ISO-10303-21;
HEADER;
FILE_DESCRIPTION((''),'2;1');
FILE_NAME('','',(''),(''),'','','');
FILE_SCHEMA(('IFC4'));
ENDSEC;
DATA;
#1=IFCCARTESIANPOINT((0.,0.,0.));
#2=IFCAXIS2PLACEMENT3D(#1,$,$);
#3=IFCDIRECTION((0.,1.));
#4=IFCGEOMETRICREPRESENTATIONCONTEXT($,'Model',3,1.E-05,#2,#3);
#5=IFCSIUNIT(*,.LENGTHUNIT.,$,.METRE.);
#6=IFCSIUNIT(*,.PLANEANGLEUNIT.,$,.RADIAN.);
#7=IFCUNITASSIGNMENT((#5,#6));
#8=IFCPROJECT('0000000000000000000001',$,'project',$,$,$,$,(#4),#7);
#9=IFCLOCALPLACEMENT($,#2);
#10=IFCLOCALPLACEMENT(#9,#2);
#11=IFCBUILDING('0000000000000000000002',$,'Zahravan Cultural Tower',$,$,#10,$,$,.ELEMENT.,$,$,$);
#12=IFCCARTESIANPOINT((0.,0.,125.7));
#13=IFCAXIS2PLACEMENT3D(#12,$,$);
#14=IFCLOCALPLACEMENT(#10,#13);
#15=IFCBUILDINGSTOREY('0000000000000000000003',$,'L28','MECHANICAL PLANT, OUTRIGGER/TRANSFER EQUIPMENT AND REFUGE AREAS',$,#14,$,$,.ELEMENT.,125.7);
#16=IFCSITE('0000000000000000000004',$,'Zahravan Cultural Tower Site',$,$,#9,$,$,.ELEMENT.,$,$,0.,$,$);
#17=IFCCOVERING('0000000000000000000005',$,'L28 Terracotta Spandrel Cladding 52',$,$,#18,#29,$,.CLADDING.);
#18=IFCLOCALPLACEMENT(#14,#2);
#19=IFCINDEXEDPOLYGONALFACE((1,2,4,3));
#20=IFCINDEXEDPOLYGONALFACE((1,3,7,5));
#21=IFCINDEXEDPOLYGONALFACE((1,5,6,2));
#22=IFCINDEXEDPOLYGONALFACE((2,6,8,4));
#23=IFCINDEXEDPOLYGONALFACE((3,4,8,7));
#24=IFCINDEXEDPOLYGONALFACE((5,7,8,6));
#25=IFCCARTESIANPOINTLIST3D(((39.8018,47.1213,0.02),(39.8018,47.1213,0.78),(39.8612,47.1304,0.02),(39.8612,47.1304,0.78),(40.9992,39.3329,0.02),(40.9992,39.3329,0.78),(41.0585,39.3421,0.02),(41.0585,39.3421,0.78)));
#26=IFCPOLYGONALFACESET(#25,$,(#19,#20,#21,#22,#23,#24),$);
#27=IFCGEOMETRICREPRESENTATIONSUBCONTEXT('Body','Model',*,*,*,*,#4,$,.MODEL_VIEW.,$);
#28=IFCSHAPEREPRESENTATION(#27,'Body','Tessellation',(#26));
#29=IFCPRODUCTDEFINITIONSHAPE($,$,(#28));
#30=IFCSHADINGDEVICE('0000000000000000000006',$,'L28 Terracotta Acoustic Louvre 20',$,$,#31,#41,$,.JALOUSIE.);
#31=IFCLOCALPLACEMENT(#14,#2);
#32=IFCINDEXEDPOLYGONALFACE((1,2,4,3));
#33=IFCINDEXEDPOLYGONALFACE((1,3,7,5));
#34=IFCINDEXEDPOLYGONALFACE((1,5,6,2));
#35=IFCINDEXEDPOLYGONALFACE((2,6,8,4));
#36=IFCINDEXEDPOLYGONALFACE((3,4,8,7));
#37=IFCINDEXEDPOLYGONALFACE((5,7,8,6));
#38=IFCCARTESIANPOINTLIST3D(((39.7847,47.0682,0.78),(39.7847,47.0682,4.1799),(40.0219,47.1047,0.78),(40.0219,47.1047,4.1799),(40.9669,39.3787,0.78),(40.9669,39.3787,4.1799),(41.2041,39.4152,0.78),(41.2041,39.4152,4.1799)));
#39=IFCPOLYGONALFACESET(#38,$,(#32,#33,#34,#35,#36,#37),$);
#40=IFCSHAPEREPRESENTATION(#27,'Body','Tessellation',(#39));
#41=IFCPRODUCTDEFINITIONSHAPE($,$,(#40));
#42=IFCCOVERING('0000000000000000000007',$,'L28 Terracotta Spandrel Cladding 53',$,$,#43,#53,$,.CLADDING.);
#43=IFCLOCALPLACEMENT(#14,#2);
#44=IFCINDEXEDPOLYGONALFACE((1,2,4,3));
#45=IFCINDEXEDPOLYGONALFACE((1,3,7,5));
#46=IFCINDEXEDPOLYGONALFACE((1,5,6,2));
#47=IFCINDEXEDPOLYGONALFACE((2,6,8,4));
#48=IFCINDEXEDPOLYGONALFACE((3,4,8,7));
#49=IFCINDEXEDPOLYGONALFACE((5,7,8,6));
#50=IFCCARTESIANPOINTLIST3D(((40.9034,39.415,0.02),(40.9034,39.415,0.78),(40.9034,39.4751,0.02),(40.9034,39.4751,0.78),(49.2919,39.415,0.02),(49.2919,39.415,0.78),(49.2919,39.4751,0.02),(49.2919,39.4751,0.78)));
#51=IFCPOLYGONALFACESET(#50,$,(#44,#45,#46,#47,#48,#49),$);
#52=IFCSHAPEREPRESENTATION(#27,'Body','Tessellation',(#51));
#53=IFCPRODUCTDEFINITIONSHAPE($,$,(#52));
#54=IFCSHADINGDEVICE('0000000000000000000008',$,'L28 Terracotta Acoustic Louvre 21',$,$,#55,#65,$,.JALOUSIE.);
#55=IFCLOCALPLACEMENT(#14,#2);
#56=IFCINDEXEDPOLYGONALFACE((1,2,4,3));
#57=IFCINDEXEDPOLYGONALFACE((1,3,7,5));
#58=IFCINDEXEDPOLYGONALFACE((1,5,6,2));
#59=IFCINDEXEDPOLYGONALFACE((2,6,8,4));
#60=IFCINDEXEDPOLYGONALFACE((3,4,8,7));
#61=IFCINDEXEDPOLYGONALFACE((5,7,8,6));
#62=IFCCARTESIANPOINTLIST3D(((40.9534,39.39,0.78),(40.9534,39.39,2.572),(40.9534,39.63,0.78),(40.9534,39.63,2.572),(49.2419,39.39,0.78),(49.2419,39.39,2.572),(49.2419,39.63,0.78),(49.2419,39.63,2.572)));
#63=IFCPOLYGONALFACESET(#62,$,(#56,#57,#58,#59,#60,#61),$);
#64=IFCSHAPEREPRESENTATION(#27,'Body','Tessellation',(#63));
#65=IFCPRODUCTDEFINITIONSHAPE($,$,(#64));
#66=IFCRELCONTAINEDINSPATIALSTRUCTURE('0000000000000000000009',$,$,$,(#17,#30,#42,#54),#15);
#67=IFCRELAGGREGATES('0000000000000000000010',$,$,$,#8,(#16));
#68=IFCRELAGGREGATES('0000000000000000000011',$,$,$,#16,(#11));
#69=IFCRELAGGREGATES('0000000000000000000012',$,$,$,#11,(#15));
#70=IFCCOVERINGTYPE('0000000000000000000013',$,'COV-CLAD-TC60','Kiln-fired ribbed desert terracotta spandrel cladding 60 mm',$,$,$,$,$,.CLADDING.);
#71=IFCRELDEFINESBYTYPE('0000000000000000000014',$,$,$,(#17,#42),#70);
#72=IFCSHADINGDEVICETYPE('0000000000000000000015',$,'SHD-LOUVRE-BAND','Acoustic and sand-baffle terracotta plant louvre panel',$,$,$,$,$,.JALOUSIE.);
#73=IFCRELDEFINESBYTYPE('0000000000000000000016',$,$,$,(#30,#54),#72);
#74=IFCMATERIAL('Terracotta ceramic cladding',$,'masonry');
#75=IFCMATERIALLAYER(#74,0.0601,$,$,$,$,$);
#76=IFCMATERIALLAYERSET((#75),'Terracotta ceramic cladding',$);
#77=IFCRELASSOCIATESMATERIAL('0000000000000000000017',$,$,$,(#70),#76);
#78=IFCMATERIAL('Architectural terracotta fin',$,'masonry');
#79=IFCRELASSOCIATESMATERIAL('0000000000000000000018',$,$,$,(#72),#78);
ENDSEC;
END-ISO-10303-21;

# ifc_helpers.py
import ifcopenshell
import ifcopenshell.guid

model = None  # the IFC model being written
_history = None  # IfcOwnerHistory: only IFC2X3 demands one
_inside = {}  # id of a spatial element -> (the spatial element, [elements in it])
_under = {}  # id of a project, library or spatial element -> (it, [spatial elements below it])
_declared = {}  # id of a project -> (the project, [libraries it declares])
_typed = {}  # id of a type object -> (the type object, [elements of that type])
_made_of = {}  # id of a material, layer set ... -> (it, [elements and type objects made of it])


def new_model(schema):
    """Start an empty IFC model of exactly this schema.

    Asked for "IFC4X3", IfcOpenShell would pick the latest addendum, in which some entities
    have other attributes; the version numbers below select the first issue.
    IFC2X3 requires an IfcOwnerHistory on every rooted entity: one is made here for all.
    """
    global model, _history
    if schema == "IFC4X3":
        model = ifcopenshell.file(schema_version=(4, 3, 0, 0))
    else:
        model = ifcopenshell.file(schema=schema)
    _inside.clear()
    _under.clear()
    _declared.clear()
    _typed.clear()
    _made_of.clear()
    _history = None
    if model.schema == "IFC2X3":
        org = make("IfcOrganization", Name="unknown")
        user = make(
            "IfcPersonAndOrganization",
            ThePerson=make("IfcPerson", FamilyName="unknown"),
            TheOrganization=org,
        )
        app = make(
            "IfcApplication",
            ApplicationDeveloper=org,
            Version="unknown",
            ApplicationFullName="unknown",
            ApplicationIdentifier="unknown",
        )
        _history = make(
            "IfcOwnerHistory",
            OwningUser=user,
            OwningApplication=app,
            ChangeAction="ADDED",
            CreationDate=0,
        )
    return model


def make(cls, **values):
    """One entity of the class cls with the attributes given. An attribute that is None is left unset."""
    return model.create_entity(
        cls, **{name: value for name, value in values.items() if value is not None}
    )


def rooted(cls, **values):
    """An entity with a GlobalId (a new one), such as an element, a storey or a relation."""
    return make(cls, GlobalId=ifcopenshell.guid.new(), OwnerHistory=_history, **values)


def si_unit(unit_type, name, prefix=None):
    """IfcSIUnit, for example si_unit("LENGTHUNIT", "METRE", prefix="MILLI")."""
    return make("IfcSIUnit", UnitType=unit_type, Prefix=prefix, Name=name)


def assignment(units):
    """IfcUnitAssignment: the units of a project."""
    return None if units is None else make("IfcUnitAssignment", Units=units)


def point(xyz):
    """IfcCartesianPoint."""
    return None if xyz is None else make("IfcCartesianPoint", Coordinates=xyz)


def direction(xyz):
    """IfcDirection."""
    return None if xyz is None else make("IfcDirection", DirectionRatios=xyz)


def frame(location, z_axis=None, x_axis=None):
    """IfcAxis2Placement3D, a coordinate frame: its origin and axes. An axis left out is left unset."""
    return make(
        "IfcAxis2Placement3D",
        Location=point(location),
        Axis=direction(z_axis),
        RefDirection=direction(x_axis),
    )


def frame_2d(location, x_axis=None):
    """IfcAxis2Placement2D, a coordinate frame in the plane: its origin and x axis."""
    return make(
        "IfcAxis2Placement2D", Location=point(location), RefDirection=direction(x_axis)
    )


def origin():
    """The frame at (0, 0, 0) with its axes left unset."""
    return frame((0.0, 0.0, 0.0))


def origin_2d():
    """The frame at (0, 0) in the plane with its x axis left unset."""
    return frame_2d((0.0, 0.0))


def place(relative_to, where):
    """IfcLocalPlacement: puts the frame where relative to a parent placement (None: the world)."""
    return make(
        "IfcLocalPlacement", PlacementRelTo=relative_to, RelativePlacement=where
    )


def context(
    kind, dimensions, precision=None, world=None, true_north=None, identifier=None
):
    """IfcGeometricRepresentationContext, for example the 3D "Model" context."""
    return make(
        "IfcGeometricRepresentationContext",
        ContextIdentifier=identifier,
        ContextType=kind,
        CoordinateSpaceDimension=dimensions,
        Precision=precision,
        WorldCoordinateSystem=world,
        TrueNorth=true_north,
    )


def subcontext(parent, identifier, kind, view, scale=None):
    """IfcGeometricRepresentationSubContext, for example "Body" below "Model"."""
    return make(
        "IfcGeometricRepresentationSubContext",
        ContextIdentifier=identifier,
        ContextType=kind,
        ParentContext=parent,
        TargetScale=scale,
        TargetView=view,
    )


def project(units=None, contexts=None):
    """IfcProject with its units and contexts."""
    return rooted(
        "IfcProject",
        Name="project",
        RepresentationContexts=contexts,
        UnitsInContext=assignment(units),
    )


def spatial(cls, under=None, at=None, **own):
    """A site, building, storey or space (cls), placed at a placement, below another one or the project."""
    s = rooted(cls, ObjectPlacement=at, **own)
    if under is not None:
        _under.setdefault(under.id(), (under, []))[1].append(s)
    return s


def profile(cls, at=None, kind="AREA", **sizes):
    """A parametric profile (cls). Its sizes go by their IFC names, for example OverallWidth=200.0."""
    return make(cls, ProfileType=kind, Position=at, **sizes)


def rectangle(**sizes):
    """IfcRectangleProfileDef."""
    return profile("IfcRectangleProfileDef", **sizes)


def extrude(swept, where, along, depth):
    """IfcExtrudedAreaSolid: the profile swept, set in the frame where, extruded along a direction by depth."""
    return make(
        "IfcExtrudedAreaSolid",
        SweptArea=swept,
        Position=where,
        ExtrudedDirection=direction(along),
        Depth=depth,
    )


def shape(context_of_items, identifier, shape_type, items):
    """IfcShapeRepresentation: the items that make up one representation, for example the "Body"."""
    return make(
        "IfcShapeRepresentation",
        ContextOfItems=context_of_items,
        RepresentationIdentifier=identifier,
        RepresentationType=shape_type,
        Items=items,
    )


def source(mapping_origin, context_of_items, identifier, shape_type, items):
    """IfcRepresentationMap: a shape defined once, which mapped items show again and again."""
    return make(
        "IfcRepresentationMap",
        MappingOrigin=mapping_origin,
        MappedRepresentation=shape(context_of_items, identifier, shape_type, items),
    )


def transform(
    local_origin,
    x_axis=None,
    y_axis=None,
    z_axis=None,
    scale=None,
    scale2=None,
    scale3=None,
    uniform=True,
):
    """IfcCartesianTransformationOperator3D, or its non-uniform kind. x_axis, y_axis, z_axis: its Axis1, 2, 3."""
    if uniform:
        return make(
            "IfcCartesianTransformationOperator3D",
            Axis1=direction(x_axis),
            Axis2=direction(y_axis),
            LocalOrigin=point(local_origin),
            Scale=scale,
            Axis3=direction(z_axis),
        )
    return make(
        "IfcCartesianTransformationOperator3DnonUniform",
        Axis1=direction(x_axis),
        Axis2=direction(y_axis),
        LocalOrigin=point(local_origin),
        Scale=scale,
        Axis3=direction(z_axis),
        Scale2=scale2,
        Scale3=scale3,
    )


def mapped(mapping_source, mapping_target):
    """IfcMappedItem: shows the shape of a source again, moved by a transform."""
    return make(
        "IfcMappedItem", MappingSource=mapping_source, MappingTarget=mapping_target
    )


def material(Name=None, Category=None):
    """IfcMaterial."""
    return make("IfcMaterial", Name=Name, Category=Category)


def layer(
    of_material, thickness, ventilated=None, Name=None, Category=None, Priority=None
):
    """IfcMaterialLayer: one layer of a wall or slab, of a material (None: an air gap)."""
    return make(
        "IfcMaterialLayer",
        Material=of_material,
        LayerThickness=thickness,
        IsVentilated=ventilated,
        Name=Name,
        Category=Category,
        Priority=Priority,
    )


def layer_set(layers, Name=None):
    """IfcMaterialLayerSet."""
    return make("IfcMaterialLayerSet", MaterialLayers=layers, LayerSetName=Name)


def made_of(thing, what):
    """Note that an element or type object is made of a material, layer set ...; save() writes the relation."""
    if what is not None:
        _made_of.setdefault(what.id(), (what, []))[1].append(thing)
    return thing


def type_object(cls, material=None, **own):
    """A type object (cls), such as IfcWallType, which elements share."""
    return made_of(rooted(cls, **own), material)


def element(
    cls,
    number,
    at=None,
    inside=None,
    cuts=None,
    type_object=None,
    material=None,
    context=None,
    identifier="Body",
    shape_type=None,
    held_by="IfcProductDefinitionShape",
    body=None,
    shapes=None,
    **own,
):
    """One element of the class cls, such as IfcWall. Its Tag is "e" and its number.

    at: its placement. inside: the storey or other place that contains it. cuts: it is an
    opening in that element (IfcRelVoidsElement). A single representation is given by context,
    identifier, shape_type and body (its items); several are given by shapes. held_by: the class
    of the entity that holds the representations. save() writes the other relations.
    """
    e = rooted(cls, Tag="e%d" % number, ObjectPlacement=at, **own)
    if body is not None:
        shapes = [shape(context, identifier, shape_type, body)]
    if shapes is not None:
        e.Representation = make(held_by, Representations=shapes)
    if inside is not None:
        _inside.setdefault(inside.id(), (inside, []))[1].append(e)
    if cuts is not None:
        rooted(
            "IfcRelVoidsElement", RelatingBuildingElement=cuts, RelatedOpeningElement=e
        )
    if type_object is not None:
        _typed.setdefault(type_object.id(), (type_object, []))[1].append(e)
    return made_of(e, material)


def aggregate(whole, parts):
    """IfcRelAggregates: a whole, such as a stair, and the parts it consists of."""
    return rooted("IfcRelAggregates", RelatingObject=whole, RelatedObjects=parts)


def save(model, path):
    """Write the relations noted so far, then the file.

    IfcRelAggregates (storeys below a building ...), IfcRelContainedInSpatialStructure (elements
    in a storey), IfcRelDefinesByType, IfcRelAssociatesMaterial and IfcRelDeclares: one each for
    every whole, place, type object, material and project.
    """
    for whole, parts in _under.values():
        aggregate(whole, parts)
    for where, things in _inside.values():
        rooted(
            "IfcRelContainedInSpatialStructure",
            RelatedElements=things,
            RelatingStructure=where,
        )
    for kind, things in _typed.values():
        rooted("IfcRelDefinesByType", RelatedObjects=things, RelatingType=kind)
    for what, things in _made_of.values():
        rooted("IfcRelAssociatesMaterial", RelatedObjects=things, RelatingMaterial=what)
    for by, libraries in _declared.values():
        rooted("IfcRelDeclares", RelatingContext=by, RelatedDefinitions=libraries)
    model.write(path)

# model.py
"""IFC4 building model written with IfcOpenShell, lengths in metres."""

from ifc_helpers import new_model, si_unit, direction, frame, origin, origin_2d, place, context, subcontext, project, spatial, rectangle, extrude, source, transform, mapped, material, layer, layer_set, type_object, element, save


model = new_model("IFC4")

# Units and contexts
model_context = context("Model", 3, precision=1e-05, world=origin(), true_north=direction((0.0, 1.0)))
body_context = subcontext(model_context, "Body", "Model", "MODEL_VIEW")
ifc_project = project(units=[si_unit("LENGTHUNIT", "METRE"), si_unit("PLANEANGLEUNIT", "RADIAN")], contexts=[model_context])

# Site, building, storey
site_placement = place(None, origin())
site = spatial("IfcSite", under=ifc_project, at=site_placement, Name="Zahravan Cultural Tower Site", CompositionType="ELEMENT", RefElevation=0.0)
building_placement = place(site_placement, origin())
building = spatial("IfcBuilding", under=site, at=building_placement, Name="Zahravan Cultural Tower", CompositionType="ELEMENT")
storey_placement = place(building_placement, frame((0.0, 0.0, 125.7)))
storey = spatial("IfcBuildingStorey", under=building, at=storey_placement, Name="L28", Description="MECHANICAL PLANT, OUTRIGGER/TRANSFER EQUIPMENT AND REFUGE AREAS", CompositionType="ELEMENT", Elevation=125.7)

# Covering
ifc_material_1 = material(Name="Terracotta ceramic cladding", Category="masonry")
ifc_layer_1 = layer(ifc_material_1, 0.0601)
ifc_layer_set_1 = layer_set([ifc_layer_1], Name="Terracotta ceramic cladding")
covering_type = type_object("IfcCoveringType", Name="COV-CLAD-TC60", Description="Kiln-fired ribbed desert terracotta spandrel cladding 60 mm", PredefinedType="CLADDING", material=ifc_layer_set_1)
shared_shape_1 = source(origin(), body_context, "Body", "SweptSolid", [
    extrude(rectangle(XDim=7.8799, YDim=0.0601, at=origin_2d()), origin(), (0.0, 0.0, 1.0), 0.76),
])
covering_1_placement = place(storey_placement, frame((40.4302, 43.2317, 0.02), z_axis=(0.0, 0.0, 1.0), x_axis=(0.151951, -0.988388, 0.0)))
element("IfcCovering", 1, at=covering_1_placement, inside=storey, type_object=covering_type, Name="L28 Terracotta Spandrel Cladding 52", PredefinedType="CLADDING", context=body_context, shape_type="MappedRepresentation", body=[
    mapped(shared_shape_1, transform((0.0, 0.0, 0.0), x_axis=(1.0, 0.0, 0.0), y_axis=(0.0, 1.0, 0.0), z_axis=(0.0, 0.0, 1.0), scale=1.0)),
])

# Shading device
ifc_material_2 = material(Name="Architectural terracotta fin", Category="masonry")
shading_device_type = type_object("IfcShadingDeviceType", Name="SHD-LOUVRE-BAND", Description="Acoustic and sand-baffle terracotta plant louvre panel", PredefinedType="JALOUSIE", material=ifc_material_2)
shared_shape_2 = source(origin(), body_context, "Body", "SweptSolid", [
    extrude(rectangle(XDim=7.7798, YDim=0.24, at=origin_2d()), origin(), (0.0, 0.0, 1.0), 3.3999),
])
shading_device_1_placement = place(storey_placement, frame((40.4944, 43.2417, 0.78), z_axis=(0.0, 0.0, 1.0), x_axis=(0.151951, -0.988388, 0.0)))
element("IfcShadingDevice", 2, at=shading_device_1_placement, inside=storey, type_object=shading_device_type, Name="L28 Terracotta Acoustic Louvre 20", PredefinedType="JALOUSIE", context=body_context, shape_type="MappedRepresentation", body=[
    mapped(shared_shape_2, transform((0.0, 0.0, 0.0), x_axis=(1.0, 0.0, 0.0), y_axis=(0.0, 1.0, 0.0), z_axis=(0.0, 0.0, 1.0), scale=1.0)),
])

# Covering
shared_shape_3 = source(origin(), body_context, "Body", "SweptSolid", [
    extrude(rectangle(XDim=8.3884, YDim=0.0601, at=origin_2d()), origin(), (0.0, 0.0, 1.0), 0.76),
])
covering_2_placement = place(storey_placement, frame((45.0977, 39.4451, 0.02), z_axis=(0.0, 0.0, 1.0), x_axis=(1.0, 0.0, 0.0)))
element("IfcCovering", 3, at=covering_2_placement, inside=storey, type_object=covering_type, Name="L28 Terracotta Spandrel Cladding 53", PredefinedType="CLADDING", context=body_context, shape_type="MappedRepresentation", body=[
    mapped(shared_shape_3, transform((0.0, 0.0, 0.0), x_axis=(1.0, 0.0, 0.0), y_axis=(0.0, 1.0, 0.0), z_axis=(0.0, 0.0, 1.0), scale=1.0)),
])

# Shading device
shared_shape_4 = source(origin(), body_context, "Body", "SweptSolid", [
    extrude(rectangle(XDim=8.2886, YDim=0.24, at=origin_2d()), origin(), (0.0, 0.0, 1.0), 1.792),
])
shading_device_2_placement = place(storey_placement, frame((45.0977, 39.51, 0.78), z_axis=(0.0, 0.0, 1.0), x_axis=(1.0, 0.0, 0.0)))
element("IfcShadingDevice", 4, at=shading_device_2_placement, inside=storey, type_object=shading_device_type, Name="L28 Terracotta Acoustic Louvre 21", PredefinedType="JALOUSIE", context=body_context, shape_type="MappedRepresentation", body=[
    mapped(shared_shape_4, transform((0.0, 0.0, 0.0), x_axis=(1.0, 0.0, 0.0), y_axis=(0.0, 1.0, 0.0), z_axis=(0.0, 0.0, 1.0), scale=1.0)),
])

save(model, "model.ifc")
